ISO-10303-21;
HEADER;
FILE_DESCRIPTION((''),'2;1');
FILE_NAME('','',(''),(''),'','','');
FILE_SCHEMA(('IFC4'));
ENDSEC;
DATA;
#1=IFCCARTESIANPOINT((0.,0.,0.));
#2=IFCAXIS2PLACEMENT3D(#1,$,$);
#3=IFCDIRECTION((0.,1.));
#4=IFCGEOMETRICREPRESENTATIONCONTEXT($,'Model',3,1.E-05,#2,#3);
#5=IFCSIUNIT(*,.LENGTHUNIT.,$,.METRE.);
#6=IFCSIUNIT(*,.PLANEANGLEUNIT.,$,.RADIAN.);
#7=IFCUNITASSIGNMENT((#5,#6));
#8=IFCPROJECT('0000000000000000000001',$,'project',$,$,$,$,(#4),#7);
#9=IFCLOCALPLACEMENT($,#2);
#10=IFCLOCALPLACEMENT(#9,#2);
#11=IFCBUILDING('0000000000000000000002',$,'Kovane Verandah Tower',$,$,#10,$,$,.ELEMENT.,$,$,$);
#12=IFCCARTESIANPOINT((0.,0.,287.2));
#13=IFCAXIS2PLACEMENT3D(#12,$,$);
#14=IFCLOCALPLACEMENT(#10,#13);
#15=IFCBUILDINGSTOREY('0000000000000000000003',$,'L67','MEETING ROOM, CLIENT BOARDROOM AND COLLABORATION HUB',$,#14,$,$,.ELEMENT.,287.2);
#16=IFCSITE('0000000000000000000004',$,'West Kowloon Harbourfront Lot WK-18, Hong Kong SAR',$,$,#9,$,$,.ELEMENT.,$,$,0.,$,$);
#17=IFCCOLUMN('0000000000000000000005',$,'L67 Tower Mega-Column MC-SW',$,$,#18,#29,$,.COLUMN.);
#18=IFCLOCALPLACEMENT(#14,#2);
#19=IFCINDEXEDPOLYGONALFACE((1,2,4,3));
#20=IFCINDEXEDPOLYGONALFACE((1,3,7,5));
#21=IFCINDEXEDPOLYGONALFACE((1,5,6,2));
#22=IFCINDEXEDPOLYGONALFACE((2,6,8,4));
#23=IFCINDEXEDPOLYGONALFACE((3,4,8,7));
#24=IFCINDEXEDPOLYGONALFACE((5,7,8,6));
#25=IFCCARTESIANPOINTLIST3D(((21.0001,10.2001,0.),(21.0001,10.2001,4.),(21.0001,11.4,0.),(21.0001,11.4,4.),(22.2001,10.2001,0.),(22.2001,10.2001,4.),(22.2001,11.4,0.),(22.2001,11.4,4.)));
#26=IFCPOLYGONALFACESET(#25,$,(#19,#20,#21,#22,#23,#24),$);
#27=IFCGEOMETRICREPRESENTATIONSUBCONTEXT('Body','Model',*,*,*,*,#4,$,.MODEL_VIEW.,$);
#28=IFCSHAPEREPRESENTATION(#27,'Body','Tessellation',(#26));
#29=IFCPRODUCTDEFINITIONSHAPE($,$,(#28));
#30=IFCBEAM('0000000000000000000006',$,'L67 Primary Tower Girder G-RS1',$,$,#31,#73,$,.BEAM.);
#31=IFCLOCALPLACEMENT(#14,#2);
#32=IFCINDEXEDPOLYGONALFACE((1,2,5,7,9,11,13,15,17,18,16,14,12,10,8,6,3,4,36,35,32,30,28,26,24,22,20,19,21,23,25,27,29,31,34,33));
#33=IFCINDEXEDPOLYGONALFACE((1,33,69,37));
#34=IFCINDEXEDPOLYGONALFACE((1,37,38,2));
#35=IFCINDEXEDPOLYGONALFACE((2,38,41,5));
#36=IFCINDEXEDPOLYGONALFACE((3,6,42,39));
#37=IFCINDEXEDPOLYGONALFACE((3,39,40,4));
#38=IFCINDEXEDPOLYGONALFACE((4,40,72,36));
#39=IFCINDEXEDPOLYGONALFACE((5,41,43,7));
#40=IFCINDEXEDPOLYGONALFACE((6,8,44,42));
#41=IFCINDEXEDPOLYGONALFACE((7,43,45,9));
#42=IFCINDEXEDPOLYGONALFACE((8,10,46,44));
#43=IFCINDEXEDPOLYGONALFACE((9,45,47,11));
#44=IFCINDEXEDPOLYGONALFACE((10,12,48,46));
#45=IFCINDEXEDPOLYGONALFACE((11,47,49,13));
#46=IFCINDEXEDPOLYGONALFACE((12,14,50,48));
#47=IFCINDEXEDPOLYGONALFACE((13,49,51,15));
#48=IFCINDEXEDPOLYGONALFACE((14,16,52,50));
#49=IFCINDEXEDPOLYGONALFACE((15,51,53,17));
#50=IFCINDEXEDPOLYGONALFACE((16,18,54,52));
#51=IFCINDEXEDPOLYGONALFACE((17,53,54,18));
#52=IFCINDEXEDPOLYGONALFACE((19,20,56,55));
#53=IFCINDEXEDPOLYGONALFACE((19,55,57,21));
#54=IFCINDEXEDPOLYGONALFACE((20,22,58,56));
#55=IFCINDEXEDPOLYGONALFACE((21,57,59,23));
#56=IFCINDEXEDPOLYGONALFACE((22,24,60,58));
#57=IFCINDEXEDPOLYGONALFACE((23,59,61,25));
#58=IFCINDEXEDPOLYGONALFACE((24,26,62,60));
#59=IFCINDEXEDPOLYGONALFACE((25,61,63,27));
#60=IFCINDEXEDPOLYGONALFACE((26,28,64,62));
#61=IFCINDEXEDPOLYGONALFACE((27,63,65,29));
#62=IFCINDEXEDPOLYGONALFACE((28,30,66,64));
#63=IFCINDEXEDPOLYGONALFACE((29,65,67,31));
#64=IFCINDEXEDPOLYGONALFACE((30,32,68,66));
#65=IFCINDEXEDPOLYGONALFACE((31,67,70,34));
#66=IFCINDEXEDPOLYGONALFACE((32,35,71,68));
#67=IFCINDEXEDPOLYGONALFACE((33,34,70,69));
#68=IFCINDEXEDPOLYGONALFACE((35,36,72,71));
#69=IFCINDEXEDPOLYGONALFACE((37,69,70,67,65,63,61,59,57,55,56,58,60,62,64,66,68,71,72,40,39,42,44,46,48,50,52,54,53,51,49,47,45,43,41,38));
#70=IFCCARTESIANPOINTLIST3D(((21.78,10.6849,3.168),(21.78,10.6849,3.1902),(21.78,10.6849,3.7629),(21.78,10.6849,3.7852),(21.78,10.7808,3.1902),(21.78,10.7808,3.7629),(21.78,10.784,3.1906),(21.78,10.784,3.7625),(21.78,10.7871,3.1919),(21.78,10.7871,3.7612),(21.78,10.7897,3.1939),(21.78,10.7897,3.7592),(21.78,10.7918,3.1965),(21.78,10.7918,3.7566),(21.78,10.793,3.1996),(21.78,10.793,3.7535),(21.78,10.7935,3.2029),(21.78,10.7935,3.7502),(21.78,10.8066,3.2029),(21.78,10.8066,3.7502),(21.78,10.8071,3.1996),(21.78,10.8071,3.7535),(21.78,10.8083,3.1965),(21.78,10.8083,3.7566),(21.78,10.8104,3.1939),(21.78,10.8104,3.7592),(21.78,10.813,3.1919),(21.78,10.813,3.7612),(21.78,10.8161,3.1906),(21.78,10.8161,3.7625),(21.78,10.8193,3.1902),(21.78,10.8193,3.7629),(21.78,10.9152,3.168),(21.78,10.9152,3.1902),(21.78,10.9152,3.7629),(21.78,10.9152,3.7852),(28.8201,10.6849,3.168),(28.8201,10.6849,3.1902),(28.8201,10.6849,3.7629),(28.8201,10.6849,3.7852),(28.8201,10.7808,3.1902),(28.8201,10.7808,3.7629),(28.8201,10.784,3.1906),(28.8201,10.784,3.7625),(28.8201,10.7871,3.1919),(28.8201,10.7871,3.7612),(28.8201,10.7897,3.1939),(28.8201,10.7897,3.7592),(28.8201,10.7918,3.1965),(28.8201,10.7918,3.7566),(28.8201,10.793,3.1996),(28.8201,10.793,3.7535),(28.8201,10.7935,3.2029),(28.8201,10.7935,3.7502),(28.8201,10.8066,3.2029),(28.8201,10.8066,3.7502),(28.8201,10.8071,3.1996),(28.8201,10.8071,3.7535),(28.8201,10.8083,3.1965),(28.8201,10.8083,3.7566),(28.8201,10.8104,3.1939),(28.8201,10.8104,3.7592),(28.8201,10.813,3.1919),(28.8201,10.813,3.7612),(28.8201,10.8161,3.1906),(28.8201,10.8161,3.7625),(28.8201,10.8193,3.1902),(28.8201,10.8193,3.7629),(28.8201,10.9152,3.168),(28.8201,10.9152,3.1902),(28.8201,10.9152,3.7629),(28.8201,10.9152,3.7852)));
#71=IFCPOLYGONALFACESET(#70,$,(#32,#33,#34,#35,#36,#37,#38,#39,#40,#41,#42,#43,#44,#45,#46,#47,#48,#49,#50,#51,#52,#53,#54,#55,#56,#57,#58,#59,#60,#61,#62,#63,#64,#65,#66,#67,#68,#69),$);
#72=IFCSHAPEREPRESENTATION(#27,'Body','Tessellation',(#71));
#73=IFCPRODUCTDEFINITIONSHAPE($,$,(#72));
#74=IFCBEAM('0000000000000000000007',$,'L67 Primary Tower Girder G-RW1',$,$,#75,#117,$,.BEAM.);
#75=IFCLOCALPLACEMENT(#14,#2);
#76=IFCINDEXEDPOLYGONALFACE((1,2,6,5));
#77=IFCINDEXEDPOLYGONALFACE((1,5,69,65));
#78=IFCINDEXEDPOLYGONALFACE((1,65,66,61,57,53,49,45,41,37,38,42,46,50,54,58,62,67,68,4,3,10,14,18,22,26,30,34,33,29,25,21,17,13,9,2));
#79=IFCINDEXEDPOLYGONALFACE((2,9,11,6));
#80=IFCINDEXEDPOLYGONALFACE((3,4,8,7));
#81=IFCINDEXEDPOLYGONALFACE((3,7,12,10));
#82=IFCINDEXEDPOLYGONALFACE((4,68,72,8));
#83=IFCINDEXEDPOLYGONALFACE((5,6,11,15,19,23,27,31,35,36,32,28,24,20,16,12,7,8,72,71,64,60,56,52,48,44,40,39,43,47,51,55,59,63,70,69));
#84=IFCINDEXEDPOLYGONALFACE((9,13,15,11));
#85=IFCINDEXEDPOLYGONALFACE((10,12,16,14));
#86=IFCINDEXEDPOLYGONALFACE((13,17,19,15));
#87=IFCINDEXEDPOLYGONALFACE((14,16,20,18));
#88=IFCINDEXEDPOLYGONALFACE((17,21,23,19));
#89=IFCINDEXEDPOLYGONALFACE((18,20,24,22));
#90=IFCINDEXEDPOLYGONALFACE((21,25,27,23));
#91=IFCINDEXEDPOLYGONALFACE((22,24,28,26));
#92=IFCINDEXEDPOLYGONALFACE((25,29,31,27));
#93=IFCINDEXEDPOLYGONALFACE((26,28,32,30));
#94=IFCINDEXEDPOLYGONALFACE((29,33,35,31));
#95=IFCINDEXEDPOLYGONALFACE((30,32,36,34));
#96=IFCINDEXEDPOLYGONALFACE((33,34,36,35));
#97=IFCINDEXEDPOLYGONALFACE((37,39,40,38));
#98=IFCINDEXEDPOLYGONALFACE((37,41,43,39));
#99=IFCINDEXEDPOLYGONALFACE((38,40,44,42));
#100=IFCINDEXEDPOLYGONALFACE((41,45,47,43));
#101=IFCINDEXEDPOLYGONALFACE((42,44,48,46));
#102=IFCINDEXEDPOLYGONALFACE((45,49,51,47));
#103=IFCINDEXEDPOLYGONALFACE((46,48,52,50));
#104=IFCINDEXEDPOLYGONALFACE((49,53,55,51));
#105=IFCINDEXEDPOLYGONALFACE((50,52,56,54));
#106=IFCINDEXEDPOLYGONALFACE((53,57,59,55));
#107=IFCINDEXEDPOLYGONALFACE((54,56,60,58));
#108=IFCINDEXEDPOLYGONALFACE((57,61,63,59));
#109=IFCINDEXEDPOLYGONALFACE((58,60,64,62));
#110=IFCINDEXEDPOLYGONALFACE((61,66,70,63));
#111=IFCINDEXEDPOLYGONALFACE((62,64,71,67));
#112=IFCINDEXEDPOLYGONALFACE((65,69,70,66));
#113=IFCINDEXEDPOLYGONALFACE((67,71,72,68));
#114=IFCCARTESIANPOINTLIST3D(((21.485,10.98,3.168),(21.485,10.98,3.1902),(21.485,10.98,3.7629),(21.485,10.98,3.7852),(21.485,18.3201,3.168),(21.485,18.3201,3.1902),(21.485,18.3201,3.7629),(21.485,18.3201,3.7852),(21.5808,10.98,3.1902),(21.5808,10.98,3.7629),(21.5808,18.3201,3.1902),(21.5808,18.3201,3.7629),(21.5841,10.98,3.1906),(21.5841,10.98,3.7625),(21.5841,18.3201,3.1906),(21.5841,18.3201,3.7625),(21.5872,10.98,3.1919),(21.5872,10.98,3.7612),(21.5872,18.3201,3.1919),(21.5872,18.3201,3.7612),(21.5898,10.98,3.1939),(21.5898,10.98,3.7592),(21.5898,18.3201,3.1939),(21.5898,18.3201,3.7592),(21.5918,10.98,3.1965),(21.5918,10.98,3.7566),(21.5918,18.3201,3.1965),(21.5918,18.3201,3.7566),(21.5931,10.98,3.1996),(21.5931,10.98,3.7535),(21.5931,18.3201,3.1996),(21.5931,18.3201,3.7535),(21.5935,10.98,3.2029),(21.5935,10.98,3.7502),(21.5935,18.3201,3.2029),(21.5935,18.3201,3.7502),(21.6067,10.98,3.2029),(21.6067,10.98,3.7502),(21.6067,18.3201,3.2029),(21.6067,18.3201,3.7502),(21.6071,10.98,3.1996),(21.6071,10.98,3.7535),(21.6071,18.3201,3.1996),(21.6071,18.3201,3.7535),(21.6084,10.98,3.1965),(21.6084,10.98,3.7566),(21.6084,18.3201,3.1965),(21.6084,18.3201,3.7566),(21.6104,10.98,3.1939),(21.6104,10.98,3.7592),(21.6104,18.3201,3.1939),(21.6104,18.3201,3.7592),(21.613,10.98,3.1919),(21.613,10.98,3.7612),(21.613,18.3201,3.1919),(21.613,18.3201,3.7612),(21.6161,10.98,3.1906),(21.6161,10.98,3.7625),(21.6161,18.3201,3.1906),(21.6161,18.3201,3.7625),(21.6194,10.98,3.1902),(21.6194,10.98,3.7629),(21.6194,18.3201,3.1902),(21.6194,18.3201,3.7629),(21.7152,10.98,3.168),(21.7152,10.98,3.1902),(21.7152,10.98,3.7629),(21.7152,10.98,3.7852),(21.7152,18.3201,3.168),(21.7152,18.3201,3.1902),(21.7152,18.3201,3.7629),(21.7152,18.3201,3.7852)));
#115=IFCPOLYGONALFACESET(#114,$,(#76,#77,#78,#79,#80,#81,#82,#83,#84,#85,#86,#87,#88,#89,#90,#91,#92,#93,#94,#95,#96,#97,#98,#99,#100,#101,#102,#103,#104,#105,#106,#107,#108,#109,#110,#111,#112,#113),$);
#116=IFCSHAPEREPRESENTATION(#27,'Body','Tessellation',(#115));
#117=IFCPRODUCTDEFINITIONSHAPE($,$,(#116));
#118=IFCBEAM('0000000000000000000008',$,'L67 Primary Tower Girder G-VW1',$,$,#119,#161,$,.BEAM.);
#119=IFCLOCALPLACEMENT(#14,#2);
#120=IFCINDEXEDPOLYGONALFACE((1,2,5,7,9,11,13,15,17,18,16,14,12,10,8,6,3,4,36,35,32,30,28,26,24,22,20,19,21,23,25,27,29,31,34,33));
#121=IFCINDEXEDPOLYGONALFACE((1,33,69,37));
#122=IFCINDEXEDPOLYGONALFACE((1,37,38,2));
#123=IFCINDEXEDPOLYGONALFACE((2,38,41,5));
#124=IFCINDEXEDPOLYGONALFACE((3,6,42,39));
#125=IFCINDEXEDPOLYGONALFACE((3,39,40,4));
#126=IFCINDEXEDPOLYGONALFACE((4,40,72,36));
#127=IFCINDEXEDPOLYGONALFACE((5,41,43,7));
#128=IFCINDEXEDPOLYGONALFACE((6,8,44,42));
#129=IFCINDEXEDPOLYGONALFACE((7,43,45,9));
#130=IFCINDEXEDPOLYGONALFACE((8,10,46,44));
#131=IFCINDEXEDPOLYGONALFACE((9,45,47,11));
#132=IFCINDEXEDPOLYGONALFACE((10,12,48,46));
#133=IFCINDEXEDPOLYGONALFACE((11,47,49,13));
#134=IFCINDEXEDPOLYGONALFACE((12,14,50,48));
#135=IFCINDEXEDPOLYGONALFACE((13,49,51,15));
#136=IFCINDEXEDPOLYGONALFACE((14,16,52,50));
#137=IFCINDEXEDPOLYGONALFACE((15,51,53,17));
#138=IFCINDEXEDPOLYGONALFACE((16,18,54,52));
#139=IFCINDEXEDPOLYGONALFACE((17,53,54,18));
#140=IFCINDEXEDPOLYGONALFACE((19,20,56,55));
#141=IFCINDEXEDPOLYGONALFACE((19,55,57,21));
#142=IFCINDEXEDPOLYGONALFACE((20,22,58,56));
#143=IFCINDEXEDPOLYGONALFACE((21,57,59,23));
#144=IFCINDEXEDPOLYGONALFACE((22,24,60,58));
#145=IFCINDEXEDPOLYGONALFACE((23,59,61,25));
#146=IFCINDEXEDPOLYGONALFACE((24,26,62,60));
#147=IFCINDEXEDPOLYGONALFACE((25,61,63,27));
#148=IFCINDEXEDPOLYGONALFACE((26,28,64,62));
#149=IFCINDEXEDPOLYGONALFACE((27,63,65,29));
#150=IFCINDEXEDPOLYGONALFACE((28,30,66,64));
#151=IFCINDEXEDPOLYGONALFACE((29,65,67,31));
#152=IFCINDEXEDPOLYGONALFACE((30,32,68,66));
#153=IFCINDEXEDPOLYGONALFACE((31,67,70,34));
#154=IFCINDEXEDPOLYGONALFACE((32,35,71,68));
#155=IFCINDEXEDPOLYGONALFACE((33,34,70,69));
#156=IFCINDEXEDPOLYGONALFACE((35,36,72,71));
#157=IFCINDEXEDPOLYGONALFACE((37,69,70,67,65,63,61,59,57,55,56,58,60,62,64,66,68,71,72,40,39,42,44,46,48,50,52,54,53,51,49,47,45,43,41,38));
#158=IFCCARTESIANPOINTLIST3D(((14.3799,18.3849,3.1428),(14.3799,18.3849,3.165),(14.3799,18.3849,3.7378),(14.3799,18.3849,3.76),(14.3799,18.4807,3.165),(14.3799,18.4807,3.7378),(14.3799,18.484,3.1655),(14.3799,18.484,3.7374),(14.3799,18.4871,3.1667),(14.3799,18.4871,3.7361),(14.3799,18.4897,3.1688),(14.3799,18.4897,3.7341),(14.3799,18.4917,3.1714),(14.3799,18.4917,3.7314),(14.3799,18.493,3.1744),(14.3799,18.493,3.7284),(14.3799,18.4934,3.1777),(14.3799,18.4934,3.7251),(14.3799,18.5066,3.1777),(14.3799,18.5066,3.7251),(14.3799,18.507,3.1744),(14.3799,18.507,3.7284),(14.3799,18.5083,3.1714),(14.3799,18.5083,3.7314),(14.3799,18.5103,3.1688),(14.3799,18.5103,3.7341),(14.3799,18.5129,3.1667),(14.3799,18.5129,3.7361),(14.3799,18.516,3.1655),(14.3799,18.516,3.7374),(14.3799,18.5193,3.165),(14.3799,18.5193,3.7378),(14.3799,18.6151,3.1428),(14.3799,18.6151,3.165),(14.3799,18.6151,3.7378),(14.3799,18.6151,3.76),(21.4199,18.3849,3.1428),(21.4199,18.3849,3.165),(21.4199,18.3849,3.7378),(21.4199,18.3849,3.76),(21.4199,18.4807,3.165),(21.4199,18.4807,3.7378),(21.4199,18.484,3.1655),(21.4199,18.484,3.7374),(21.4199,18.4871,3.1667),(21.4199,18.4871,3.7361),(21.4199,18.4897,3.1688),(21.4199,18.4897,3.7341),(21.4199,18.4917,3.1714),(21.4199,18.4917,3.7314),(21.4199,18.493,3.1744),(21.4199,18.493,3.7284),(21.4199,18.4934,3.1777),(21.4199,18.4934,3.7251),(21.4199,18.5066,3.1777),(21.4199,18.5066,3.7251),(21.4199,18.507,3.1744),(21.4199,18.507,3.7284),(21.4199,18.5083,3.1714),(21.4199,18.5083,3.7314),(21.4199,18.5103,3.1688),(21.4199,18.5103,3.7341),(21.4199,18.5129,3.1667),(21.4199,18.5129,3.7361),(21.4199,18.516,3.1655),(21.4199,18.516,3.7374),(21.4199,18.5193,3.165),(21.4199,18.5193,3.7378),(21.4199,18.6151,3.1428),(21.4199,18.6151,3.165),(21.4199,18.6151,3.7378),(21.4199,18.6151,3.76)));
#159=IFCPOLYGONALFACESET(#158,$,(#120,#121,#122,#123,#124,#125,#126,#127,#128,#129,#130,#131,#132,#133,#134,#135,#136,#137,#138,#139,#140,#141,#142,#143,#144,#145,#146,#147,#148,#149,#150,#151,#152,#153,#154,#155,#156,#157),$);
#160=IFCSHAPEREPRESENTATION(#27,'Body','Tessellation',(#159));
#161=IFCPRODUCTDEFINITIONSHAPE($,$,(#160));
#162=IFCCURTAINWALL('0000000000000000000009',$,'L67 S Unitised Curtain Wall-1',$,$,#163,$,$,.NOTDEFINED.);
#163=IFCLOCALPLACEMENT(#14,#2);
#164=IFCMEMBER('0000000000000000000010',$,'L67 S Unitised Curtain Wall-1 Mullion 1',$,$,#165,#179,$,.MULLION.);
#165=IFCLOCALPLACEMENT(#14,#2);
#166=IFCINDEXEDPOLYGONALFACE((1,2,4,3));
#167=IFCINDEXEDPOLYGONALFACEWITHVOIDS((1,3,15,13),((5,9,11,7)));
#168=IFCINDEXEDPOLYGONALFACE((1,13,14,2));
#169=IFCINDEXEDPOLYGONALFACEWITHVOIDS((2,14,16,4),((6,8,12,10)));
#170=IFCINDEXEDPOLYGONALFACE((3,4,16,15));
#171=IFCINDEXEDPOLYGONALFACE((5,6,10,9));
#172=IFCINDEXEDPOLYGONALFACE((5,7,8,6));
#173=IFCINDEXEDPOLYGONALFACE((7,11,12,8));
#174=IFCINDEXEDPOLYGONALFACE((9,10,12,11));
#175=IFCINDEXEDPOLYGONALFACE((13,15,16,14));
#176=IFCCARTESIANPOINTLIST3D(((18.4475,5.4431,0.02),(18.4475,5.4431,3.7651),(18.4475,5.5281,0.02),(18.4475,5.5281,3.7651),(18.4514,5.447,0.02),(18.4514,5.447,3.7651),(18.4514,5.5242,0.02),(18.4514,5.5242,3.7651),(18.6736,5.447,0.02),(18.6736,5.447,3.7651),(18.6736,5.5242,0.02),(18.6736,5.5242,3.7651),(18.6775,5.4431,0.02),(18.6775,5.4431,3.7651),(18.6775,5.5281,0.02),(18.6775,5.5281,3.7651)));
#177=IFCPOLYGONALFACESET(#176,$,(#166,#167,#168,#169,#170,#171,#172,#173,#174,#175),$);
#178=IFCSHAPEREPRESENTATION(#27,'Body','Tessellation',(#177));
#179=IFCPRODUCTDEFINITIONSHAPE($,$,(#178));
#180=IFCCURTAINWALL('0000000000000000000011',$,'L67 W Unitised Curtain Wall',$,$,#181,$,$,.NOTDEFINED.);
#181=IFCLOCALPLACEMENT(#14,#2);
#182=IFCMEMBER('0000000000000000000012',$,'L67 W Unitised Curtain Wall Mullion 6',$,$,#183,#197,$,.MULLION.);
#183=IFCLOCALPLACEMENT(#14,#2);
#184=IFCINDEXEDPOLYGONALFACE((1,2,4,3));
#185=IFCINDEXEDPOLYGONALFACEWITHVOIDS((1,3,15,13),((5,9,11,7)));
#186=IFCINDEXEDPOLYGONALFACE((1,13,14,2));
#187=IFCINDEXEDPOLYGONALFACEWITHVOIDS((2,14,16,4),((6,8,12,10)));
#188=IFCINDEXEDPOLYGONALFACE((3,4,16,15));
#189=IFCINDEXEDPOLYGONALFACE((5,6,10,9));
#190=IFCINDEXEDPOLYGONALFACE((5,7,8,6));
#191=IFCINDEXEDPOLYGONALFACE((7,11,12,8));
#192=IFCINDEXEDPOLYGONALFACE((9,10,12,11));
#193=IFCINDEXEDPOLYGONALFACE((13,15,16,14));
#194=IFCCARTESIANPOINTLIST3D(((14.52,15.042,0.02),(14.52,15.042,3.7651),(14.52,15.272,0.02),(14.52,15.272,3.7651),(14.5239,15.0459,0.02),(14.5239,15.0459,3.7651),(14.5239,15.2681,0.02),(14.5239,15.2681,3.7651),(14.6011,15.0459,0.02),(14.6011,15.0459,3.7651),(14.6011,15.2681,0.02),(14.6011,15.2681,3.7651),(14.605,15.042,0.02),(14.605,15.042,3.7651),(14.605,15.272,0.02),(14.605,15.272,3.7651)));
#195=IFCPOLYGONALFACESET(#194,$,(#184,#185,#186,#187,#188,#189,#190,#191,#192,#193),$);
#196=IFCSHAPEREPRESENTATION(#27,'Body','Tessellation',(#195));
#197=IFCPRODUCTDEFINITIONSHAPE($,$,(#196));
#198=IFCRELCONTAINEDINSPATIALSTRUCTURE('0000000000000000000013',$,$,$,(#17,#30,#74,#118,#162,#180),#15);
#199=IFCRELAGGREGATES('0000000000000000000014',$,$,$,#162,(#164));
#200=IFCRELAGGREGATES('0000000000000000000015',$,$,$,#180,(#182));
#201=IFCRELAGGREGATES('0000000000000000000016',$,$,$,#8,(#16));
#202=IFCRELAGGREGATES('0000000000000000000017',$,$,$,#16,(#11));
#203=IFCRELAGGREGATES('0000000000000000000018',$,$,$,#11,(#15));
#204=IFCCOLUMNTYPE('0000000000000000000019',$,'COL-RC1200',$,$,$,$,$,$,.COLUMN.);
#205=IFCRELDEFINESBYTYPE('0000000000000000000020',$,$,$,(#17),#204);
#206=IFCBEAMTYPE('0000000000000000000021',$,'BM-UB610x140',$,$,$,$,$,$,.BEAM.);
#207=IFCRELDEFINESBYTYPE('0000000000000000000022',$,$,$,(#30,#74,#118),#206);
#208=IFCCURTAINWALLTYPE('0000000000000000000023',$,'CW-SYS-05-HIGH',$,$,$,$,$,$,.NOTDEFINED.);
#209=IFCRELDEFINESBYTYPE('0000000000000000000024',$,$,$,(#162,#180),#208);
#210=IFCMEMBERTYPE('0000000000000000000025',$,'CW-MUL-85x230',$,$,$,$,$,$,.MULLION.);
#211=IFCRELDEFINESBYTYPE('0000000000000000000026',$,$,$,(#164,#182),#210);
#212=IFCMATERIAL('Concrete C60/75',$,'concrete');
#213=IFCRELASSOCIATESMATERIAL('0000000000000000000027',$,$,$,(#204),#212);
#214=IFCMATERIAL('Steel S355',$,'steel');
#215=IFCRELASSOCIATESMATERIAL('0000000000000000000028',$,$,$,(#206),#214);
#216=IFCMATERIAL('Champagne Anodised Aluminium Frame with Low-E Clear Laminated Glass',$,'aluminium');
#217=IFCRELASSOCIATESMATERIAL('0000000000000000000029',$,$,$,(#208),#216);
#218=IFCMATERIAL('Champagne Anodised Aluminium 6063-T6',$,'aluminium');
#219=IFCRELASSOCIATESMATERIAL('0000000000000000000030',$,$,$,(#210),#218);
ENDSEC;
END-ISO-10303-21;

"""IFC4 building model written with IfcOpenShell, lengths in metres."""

from ifc_helpers import new_model, si_unit, direction, frame, origin, origin_2d, place, context, subcontext, project, spatial, rectangle, hollow_rectangle, i_section, extrude, material, material_profile, profile_set, type_object, element, aggregate, save


model = new_model("IFC4")

# Units and contexts
model_context = context("Model", 3, precision=1e-05, world=origin(), true_north=direction((0.0, 1.0)))
body_context = subcontext(model_context, "Body", "Model", "MODEL_VIEW")
ifc_project = project(units=[si_unit("LENGTHUNIT", "METRE"), si_unit("PLANEANGLEUNIT", "RADIAN")], contexts=[model_context])

# Site, building, storey
site_placement = place(None, origin())
site = spatial("IfcSite", under=ifc_project, at=site_placement, Name="West Kowloon Harbourfront Lot WK-18, Hong Kong SAR", CompositionType="ELEMENT", RefElevation=0.0)
building_placement = place(site_placement, origin())
building = spatial("IfcBuilding", under=site, at=building_placement, Name="Kovane Verandah Tower", CompositionType="ELEMENT")
storey_placement = place(building_placement, frame((0.0, 0.0, 287.2)))
storey = spatial("IfcBuildingStorey", under=building, at=storey_placement, Name="L67", Description="MEETING ROOM, CLIENT BOARDROOM AND COLLABORATION HUB", CompositionType="ELEMENT", Elevation=287.2)

# Column
ifc_material_1 = material(Name="Concrete C60/75", Category="concrete")
ifc_material_profile_1 = material_profile(ifc_material_1, rectangle(XDim=1.2, YDim=1.2, at=origin_2d()), Name="RC1200x1200")
ifc_profile_set_1 = profile_set([ifc_material_profile_1], Name="Concrete C60/75")
column_type = type_object("IfcColumnType", Name="COL-RC1200", PredefinedType="COLUMN", material=ifc_profile_set_1)
column_placement = place(storey_placement, frame((21.6001, 10.8, 0.0), z_axis=(0.0, 0.0, 1.0), x_axis=(1.0, 0.0, 0.0)))
element("IfcColumn", 1, at=column_placement, inside=storey, type_object=column_type, Name="L67 Tower Mega-Column MC-SW", PredefinedType="COLUMN", context=body_context, shape_type="SweptSolid", body=[
    extrude(rectangle(XDim=1.2, YDim=1.2, at=origin_2d()), origin(), (0.0, 0.0, 1.0), 4.0),
])

# Beams
ifc_material_2 = material(Name="Steel S355", Category="steel")
ifc_material_profile_2 = material_profile(ifc_material_2, i_section(OverallWidth=0.2302, OverallDepth=0.6172, WebThickness=0.0132, FlangeThickness=0.0222, FilletRadius=0.0127, at=origin_2d()), Name="UB610x229x140")
ifc_profile_set_2 = profile_set([ifc_material_profile_2], Name="Steel S355")
beam_type = type_object("IfcBeamType", Name="BM-UB610x140", PredefinedType="BEAM", material=ifc_profile_set_2)
beam_1_placement = place(storey_placement, frame((21.78, 10.8, 3.4766), z_axis=(1.0, 0.0, 0.0), x_axis=(0.0, 1.0, 0.0)))
element("IfcBeam", 2, at=beam_1_placement, inside=storey, type_object=beam_type, Name="L67 Primary Tower Girder G-RS1", PredefinedType="BEAM", context=body_context, shape_type="SweptSolid", body=[
    extrude(i_section(OverallWidth=0.2302, OverallDepth=0.6172, WebThickness=0.0132, FlangeThickness=0.0222, FilletRadius=0.0127, at=origin_2d()), origin(), (0.0, 0.0, 1.0), 7.04),
])
beam_2_placement = place(storey_placement, frame((21.6001, 10.98, 3.4766), z_axis=(0.0, 1.0, 0.0), x_axis=(-1.0, 0.0, 0.0)))
element("IfcBeam", 3, at=beam_2_placement, inside=storey, type_object=beam_type, Name="L67 Primary Tower Girder G-RW1", PredefinedType="BEAM", context=body_context, shape_type="SweptSolid", body=[
    extrude(i_section(OverallWidth=0.2302, OverallDepth=0.6172, WebThickness=0.0132, FlangeThickness=0.0222, FilletRadius=0.0127, at=origin_2d()), origin(), (0.0, 0.0, 1.0), 7.3401),
])
beam_3_placement = place(storey_placement, frame((21.4199, 18.5, 3.4514), z_axis=(-1.0, 0.0, 0.0), x_axis=(0.0, -1.0, 0.0)))
element("IfcBeam", 4, at=beam_3_placement, inside=storey, type_object=beam_type, Name="L67 Primary Tower Girder G-VW1", PredefinedType="BEAM", context=body_context, shape_type="SweptSolid", body=[
    extrude(i_section(OverallWidth=0.2302, OverallDepth=0.6172, WebThickness=0.0132, FlangeThickness=0.0222, FilletRadius=0.0127, at=origin_2d()), origin(), (0.0, 0.0, 1.0), 7.04),
])

# Curtain walls, members
ifc_material_3 = material(Name="Champagne Anodised Aluminium Frame with Low-E Clear Laminated Glass", Category="aluminium")
curtain_wall_type = type_object("IfcCurtainWallType", Name="CW-SYS-05-HIGH", PredefinedType="NOTDEFINED", material=ifc_material_3)
curtain_wall_1_placement = place(storey_placement, origin())
curtain_wall_1 = element("IfcCurtainWall", 5, at=curtain_wall_1_placement, inside=storey, type_object=curtain_wall_type, Name="L67 S Unitised Curtain Wall-1", PredefinedType="NOTDEFINED")
ifc_material_4 = material(Name="Champagne Anodised Aluminium 6063-T6", Category="aluminium")
ifc_material_profile_3 = material_profile(ifc_material_4, hollow_rectangle(XDim=0.085, YDim=0.23, WallThickness=0.0039, at=origin_2d()), Name="AL85x230x4")
ifc_profile_set_3 = profile_set([ifc_material_profile_3], Name="Champagne Anodised Aluminium 6063-T6")
member_type_1 = type_object("IfcMemberType", Name="CW-MUL-85x230", PredefinedType="MULLION", material=ifc_profile_set_3)
member_1_placement = place(storey_placement, frame((18.5625, 5.4856, 0.02), z_axis=(0.0, 0.0, 1.0), x_axis=(0.0, -1.0, 0.0)))
member_1 = element("IfcMember", 6, at=member_1_placement, type_object=member_type_1, Name="L67 S Unitised Curtain Wall-1 Mullion 1", PredefinedType="MULLION", context=body_context, shape_type="SweptSolid", body=[
    extrude(hollow_rectangle(XDim=0.085, YDim=0.23, WallThickness=0.0039, at=origin_2d()), origin(), (0.0, 0.0, 1.0), 3.7451),
])
curtain_wall_2_placement = place(storey_placement, origin())
curtain_wall_2 = element("IfcCurtainWall", 7, at=curtain_wall_2_placement, inside=storey, type_object=curtain_wall_type, Name="L67 W Unitised Curtain Wall", PredefinedType="NOTDEFINED")
member_2_placement = place(storey_placement, frame((14.5625, 15.157, 0.02), z_axis=(0.0, 0.0, 1.0), x_axis=(-1.0, 0.0, 0.0)))
member_2 = element("IfcMember", 8, at=member_2_placement, type_object=member_type_1, Name="L67 W Unitised Curtain Wall Mullion 6", PredefinedType="MULLION", context=body_context, shape_type="SweptSolid", body=[
    extrude(hollow_rectangle(XDim=0.085, YDim=0.23, WallThickness=0.0039, at=origin_2d()), origin(), (0.0, 0.0, 1.0), 3.7451),
])

aggregate(curtain_wall_1, [member_1])
aggregate(curtain_wall_2, [member_2])

save(model, "model.ifc")
